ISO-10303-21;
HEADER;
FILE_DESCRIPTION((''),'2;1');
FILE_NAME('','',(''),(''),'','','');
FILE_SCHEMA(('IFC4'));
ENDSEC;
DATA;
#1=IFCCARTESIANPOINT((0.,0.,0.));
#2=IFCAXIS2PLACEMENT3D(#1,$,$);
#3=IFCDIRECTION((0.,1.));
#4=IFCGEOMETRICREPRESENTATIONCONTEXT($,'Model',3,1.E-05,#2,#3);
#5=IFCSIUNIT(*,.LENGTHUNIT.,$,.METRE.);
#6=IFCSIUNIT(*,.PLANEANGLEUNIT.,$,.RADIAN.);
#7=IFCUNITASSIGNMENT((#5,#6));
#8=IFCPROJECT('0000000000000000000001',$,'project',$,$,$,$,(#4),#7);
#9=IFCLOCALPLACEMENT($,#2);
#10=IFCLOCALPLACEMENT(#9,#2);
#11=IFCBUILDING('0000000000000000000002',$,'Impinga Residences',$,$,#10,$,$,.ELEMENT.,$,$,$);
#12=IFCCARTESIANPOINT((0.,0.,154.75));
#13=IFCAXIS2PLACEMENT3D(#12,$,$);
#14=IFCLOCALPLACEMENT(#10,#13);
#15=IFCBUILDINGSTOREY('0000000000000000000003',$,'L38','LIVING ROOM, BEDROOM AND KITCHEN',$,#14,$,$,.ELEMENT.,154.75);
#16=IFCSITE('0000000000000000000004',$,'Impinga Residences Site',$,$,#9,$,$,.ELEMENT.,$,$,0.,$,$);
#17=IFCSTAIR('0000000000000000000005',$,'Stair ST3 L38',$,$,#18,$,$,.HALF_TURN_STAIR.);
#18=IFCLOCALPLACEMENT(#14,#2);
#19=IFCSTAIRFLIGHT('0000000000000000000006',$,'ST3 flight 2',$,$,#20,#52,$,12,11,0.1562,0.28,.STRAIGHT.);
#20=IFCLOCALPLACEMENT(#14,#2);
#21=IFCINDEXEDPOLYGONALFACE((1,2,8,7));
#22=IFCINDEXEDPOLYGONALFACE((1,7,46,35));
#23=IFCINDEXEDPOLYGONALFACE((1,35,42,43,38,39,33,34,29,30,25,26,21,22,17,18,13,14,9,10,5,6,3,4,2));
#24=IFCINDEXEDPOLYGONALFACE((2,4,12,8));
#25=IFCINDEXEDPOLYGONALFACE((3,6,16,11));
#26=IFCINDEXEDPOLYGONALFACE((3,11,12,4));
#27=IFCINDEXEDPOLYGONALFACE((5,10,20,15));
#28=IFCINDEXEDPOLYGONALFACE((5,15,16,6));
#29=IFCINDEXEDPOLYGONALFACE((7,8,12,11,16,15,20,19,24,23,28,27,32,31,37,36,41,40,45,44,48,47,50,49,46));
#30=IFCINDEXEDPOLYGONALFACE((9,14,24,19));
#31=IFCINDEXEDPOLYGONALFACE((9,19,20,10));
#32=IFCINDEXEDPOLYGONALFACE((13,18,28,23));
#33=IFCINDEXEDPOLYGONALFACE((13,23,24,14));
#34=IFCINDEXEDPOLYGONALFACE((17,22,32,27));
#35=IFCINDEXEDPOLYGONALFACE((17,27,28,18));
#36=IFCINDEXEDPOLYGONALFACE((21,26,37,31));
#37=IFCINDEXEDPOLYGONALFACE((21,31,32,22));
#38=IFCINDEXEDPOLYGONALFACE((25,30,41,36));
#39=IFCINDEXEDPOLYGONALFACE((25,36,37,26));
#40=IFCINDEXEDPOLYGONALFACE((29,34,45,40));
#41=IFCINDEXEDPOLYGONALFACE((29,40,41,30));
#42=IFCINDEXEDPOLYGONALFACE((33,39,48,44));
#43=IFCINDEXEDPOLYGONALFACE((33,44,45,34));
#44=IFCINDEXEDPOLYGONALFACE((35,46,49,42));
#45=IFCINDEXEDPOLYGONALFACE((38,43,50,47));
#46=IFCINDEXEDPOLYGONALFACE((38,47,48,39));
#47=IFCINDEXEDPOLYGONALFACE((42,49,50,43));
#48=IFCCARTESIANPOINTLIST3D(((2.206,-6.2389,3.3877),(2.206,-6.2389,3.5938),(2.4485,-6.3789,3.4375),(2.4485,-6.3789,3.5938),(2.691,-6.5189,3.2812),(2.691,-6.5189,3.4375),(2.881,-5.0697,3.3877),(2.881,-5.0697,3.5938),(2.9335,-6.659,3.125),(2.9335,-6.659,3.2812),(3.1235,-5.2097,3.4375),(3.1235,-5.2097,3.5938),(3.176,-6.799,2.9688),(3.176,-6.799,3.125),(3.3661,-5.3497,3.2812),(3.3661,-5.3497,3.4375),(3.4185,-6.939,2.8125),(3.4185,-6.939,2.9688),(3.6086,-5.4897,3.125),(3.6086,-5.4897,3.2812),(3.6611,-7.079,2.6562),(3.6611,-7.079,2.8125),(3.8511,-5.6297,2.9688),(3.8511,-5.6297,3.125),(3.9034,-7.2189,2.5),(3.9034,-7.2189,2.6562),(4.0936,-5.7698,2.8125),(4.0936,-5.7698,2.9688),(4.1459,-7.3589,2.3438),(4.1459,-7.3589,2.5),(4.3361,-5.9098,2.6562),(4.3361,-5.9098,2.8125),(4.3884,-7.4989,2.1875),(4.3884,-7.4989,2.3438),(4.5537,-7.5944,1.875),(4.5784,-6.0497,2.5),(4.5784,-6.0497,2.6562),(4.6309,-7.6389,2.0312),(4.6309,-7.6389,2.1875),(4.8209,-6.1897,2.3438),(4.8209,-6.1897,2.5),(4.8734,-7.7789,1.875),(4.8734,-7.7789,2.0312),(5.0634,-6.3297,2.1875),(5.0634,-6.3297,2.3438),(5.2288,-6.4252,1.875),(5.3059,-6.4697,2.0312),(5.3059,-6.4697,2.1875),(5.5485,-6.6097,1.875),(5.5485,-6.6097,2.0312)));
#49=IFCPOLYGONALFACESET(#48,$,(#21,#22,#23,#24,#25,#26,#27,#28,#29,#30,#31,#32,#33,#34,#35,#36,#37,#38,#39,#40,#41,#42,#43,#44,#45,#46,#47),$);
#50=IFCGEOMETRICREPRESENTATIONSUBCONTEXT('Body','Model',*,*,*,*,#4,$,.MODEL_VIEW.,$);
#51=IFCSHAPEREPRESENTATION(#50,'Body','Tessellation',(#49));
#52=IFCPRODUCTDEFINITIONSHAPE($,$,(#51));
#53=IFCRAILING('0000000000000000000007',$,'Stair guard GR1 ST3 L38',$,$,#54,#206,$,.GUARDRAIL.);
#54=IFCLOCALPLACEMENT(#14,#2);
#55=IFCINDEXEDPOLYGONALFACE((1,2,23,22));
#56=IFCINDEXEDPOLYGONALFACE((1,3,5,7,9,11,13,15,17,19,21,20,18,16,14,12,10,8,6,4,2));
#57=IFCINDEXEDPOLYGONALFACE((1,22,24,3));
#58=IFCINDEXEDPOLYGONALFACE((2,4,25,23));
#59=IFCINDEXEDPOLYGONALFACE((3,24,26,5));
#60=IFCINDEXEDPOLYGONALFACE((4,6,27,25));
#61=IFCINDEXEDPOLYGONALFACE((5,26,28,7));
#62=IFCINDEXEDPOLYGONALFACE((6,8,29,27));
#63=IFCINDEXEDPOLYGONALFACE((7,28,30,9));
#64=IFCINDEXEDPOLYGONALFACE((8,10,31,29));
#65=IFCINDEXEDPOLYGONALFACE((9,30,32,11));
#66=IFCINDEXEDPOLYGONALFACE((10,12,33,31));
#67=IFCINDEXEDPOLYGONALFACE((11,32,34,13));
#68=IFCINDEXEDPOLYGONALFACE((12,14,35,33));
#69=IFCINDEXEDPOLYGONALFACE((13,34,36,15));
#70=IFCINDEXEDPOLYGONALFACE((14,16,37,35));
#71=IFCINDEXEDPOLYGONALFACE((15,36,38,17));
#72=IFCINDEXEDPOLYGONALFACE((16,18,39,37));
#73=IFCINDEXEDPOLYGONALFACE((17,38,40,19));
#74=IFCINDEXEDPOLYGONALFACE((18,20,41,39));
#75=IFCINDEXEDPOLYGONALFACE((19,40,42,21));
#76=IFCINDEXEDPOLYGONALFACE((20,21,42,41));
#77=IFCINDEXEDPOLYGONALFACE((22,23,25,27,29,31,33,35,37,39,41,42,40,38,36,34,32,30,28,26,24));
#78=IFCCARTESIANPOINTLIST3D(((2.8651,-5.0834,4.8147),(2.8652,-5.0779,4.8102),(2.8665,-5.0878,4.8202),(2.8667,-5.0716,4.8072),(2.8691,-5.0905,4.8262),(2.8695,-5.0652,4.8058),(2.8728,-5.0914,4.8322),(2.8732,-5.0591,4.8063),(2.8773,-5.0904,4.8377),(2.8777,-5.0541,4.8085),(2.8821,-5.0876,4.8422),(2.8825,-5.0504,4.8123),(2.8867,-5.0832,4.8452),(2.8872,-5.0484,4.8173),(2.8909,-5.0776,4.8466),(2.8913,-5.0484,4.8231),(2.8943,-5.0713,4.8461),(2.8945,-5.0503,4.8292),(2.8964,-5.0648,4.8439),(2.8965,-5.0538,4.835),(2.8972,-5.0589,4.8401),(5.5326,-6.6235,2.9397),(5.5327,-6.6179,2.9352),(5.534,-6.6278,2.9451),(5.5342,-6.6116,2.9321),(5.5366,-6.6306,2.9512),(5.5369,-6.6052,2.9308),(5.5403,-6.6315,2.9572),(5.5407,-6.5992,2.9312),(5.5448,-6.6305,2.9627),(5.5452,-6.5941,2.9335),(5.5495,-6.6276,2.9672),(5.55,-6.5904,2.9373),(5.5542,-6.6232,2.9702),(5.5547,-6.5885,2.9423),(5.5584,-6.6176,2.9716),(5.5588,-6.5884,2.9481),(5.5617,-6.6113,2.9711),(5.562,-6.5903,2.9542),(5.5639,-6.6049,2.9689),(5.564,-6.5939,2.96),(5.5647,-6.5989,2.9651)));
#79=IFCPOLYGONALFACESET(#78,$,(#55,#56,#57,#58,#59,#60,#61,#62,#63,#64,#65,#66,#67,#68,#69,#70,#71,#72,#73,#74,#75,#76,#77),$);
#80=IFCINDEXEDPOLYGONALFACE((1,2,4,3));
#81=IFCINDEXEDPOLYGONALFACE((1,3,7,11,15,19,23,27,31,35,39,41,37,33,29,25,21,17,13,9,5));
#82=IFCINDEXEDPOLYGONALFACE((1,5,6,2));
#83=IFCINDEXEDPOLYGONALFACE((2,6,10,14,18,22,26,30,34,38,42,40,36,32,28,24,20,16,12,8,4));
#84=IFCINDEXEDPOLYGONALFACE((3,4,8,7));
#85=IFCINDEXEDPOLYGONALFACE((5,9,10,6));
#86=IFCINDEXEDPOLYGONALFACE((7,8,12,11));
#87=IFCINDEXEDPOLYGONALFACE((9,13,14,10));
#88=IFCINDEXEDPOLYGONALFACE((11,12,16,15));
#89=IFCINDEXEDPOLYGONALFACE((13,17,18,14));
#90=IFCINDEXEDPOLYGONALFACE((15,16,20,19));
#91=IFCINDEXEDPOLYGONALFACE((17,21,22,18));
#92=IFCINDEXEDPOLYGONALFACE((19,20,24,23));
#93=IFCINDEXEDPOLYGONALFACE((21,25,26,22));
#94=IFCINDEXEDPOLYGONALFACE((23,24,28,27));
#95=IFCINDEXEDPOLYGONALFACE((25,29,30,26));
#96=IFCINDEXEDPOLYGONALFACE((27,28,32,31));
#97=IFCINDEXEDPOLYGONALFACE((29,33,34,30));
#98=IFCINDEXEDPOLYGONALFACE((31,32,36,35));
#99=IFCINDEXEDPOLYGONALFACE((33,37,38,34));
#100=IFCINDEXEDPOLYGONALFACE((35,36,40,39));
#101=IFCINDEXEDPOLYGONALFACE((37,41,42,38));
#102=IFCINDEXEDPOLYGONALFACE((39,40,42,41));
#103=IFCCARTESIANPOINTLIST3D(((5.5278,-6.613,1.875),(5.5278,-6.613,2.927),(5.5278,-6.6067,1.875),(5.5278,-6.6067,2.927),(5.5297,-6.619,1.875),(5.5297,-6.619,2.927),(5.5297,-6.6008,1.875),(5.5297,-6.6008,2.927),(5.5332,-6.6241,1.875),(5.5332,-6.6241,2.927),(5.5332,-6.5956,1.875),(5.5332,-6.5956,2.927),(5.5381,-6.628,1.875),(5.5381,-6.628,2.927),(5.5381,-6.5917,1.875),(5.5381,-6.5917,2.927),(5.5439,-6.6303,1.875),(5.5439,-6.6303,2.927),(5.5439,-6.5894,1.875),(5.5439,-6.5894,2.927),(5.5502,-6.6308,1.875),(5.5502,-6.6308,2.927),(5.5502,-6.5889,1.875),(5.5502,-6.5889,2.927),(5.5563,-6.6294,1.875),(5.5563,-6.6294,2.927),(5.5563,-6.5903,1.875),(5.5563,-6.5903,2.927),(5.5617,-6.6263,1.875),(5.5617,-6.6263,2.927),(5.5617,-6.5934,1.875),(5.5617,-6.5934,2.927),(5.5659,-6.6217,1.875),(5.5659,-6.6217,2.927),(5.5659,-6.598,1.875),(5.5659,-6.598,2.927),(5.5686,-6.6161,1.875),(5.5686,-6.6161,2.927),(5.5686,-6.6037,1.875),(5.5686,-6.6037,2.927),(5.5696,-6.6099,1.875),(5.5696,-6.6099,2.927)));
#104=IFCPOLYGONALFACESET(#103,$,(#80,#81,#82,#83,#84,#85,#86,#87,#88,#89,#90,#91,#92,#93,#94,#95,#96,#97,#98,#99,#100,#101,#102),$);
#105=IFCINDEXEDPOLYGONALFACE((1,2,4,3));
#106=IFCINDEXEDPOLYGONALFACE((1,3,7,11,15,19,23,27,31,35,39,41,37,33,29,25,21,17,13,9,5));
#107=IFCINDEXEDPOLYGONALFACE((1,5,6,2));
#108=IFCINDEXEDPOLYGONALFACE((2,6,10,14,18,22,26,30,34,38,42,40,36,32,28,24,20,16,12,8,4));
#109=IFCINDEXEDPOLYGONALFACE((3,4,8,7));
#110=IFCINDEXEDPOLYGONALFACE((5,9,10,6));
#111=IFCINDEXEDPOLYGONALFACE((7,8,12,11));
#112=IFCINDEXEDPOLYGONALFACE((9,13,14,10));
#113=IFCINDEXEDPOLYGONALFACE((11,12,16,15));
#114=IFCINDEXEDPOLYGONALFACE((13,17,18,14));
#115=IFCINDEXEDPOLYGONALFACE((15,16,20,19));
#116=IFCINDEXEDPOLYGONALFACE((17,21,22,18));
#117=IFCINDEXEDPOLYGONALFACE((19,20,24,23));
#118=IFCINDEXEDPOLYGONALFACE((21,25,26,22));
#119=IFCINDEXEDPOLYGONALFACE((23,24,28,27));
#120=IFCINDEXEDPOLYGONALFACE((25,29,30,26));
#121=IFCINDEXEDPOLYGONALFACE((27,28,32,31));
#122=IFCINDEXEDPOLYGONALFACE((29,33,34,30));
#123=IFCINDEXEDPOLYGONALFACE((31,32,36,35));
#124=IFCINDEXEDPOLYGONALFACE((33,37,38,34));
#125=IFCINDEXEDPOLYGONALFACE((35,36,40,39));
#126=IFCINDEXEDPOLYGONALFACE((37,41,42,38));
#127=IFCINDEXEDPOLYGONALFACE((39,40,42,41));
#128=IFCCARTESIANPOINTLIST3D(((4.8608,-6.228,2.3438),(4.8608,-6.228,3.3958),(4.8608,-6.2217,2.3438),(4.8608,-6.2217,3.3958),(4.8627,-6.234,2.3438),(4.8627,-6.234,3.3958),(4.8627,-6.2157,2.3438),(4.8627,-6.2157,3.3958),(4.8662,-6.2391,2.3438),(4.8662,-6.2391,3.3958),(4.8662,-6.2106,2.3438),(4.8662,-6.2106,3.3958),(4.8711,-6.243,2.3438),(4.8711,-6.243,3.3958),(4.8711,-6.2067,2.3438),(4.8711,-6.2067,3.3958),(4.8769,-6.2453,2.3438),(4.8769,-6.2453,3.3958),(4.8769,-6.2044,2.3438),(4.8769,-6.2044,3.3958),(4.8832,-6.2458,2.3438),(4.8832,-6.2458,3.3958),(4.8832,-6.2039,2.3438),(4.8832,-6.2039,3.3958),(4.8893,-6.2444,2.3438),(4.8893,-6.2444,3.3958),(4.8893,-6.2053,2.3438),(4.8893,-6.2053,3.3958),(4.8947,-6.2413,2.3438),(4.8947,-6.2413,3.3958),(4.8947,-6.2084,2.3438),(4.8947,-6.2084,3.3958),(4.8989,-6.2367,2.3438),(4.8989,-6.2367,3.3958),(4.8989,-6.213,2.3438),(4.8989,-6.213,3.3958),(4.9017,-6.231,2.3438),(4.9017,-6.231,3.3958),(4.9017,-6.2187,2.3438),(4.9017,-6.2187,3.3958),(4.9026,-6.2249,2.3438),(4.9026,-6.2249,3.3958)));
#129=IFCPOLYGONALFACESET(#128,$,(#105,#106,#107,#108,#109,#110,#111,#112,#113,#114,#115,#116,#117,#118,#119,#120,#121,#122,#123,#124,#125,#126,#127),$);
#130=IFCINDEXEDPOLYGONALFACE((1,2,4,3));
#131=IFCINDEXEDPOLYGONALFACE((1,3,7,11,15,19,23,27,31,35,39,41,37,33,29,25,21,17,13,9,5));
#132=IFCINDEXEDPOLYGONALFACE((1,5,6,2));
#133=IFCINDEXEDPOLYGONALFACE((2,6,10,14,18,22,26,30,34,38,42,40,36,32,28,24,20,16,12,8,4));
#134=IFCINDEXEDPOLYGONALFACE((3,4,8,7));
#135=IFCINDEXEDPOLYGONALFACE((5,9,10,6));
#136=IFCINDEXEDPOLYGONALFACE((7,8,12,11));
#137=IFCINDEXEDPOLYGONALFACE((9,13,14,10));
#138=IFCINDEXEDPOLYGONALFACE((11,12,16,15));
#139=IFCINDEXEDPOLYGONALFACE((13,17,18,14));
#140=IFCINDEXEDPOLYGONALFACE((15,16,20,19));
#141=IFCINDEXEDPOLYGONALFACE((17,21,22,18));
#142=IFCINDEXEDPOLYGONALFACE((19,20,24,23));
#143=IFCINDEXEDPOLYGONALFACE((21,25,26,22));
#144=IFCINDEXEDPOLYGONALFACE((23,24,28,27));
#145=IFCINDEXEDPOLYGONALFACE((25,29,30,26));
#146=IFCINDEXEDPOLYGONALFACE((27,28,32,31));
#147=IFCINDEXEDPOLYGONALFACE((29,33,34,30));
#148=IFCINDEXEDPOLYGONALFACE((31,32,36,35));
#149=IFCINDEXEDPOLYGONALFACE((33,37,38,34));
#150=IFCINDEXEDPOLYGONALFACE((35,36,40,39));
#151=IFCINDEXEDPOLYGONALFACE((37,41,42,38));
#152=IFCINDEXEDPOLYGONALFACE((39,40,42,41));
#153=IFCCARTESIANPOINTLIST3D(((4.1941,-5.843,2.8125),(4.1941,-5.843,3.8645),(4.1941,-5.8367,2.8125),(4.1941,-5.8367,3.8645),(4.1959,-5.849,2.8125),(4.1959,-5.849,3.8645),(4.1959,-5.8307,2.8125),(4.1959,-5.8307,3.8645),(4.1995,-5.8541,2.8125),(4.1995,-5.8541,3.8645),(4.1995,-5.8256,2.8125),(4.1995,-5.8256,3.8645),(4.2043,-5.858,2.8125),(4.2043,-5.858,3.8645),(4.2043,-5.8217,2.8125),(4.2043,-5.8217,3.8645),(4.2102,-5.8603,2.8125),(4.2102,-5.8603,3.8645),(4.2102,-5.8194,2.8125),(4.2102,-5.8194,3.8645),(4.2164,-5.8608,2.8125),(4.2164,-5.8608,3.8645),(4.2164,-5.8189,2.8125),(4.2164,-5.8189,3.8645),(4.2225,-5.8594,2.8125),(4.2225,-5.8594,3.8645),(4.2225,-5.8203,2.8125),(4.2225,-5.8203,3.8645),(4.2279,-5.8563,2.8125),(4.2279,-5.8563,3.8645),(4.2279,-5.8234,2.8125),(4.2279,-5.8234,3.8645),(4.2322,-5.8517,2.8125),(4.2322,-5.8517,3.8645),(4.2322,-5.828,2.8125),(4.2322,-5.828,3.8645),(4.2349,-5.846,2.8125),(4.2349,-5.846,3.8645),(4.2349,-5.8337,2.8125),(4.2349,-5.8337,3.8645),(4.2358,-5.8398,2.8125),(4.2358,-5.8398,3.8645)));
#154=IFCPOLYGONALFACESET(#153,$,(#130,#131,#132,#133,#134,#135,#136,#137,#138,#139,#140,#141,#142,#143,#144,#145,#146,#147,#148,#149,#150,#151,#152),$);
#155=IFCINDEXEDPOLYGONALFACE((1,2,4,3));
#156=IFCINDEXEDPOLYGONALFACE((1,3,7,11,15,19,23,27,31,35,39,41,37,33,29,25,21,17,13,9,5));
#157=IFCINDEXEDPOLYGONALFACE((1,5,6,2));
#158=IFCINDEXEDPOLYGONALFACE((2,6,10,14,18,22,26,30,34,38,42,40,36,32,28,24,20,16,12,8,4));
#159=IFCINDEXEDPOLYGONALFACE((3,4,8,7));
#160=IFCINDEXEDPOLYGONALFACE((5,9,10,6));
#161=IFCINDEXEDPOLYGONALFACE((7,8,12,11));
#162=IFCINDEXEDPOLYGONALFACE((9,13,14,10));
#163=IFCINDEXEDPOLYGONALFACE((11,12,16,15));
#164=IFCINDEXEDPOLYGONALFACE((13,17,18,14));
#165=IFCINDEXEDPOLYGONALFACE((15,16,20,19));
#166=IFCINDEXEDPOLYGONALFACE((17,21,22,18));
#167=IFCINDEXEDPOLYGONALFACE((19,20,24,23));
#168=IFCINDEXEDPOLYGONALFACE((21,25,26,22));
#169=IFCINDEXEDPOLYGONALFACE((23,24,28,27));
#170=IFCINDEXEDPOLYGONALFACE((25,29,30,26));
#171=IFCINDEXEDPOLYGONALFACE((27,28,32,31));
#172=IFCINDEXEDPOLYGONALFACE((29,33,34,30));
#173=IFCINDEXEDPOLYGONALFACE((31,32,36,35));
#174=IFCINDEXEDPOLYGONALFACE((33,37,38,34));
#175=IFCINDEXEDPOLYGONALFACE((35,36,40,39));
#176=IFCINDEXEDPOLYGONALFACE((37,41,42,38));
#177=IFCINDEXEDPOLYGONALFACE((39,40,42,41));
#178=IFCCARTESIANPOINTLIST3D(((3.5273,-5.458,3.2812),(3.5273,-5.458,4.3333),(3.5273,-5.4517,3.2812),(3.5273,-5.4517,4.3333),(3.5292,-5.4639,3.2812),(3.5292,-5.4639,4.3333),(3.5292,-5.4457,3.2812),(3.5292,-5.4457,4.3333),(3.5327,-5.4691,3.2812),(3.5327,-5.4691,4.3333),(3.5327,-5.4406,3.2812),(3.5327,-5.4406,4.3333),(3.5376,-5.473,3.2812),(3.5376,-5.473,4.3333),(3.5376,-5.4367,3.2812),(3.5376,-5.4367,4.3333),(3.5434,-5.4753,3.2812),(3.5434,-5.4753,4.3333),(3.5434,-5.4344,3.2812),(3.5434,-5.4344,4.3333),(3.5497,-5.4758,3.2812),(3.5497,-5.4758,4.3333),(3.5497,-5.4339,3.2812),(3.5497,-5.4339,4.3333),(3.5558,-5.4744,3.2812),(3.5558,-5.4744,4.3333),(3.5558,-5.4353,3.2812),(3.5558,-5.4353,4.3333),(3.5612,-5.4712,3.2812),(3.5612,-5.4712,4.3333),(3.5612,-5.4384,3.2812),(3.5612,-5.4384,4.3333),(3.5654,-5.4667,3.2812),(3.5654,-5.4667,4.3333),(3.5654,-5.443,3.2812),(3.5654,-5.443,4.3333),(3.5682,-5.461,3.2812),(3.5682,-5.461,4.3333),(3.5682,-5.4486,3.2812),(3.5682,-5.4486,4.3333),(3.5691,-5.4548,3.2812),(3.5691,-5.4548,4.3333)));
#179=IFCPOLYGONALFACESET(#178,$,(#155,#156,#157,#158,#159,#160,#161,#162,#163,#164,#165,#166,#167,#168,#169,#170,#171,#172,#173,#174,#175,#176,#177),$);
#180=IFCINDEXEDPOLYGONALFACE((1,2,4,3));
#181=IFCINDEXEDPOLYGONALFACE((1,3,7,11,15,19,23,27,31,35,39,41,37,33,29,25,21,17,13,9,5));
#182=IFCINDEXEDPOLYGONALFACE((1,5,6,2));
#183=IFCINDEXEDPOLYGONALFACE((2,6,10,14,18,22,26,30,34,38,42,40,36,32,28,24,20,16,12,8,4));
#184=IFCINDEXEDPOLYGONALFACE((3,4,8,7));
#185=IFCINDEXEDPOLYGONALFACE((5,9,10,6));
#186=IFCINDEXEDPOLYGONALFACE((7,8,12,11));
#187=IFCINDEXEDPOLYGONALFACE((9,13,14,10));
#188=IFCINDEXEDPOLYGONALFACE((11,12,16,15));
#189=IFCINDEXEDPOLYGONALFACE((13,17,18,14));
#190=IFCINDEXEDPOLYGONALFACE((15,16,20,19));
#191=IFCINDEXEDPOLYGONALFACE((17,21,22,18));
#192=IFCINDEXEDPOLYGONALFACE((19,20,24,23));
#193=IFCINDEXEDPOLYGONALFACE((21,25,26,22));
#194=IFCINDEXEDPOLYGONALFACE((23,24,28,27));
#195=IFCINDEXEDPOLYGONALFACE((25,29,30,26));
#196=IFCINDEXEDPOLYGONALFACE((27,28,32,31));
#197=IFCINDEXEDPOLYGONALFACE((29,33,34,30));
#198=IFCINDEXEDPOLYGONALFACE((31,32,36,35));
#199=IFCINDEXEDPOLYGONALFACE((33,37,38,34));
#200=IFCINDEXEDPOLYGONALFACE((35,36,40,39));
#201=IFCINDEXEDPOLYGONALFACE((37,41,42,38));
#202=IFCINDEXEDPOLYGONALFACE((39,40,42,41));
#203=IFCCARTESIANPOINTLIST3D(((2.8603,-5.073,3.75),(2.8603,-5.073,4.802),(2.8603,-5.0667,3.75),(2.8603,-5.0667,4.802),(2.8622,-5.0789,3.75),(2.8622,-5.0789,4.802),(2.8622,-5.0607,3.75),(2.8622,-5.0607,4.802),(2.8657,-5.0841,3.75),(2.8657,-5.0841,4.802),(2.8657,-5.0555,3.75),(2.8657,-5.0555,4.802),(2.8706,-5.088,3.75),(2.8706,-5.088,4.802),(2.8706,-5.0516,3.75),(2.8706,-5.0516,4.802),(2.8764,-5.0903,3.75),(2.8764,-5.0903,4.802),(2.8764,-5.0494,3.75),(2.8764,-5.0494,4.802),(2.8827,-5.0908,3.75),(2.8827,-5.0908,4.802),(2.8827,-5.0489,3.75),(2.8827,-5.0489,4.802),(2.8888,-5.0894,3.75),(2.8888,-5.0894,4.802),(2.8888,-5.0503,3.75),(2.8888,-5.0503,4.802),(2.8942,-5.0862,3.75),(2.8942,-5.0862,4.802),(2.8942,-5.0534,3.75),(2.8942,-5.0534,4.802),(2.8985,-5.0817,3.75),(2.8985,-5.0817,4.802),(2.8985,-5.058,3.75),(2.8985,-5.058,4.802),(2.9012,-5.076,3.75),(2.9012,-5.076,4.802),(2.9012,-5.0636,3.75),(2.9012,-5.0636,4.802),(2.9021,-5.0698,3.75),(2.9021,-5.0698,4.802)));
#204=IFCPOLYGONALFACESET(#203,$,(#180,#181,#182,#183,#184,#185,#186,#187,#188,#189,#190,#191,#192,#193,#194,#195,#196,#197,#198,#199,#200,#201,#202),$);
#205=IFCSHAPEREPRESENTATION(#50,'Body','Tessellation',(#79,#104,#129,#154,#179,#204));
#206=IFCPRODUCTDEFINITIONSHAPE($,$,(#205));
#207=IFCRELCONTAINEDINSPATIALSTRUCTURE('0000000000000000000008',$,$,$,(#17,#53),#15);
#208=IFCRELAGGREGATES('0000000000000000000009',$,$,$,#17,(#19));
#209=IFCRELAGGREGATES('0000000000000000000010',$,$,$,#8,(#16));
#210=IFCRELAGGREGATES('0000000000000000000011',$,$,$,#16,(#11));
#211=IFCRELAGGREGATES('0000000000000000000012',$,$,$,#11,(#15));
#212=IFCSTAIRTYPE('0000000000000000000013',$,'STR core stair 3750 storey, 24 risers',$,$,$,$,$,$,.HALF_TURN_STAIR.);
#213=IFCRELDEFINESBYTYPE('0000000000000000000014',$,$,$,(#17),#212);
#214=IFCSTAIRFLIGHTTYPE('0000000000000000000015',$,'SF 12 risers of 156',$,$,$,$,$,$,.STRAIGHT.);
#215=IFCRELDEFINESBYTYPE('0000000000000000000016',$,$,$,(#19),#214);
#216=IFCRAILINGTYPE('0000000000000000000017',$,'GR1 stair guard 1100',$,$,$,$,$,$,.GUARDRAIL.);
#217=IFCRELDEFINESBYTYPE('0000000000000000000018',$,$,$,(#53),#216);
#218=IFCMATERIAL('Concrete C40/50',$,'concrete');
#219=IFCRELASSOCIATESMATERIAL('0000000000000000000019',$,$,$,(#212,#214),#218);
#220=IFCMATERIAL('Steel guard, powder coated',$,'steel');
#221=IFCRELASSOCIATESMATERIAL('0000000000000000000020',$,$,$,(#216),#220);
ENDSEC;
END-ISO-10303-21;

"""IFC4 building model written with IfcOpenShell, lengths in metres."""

from ifc_helpers import new_model, si_unit, direction, frame, origin, origin_2d, place, context, subcontext, project, spatial, polyline, circle, outline, extrude, material, type_object, element, aggregate, save


model = new_model("IFC4")

# Units and contexts
model_context = context("Model", 3, precision=1e-05, world=origin(), true_north=direction((0.0, 1.0)))
body_context = subcontext(model_context, "Body", "Model", "MODEL_VIEW")
ifc_project = project(units=[si_unit("LENGTHUNIT", "METRE"), si_unit("PLANEANGLEUNIT", "RADIAN")], contexts=[model_context])

# Site, building, storey
site_placement = place(None, origin())
site = spatial("IfcSite", under=ifc_project, at=site_placement, Name="Impinga Residences Site", CompositionType="ELEMENT", RefElevation=0.0)
building_placement = place(site_placement, origin())
building = spatial("IfcBuilding", under=site, at=building_placement, Name="Impinga Residences", CompositionType="ELEMENT")
storey_placement = place(building_placement, frame((0.0, 0.0, 154.75)))
storey = spatial("IfcBuildingStorey", under=building, at=storey_placement, Name="L38", Description="LIVING ROOM, BEDROOM AND KITCHEN", CompositionType="ELEMENT", Elevation=154.75)

# Stair, stair flight
ifc_material_1 = material(Name="Concrete C40/50", Category="concrete")
stair_type = type_object("IfcStairType", Name="STR core stair 3750 storey, 24 risers", PredefinedType="HALF_TURN_STAIR", material=ifc_material_1)
stair_placement = place(storey_placement, origin())
stair = element("IfcStair", 1, at=stair_placement, inside=storey, type_object=stair_type, Name="Stair ST3 L38", PredefinedType="HALF_TURN_STAIR")
stair_flight_type = type_object("IfcStairFlightType", Name="SF 12 risers of 156", PredefinedType="STRAIGHT", material=ifc_material_1)
stair_flight_1_placement = place(storey_placement, frame((5.2109, -7.1943, 1.875), z_axis=(0.0, 0.0, 1.0), x_axis=(-0.866025, 0.5, 0.0)))
stair_flight_1 = element("IfcStairFlight", 2, at=stair_flight_1_placement, type_object=stair_flight_type, Name="ST3 flight 2", NumberOfRisers=12, NumberOfTreads=11, PredefinedType="STRAIGHT", RiserHeight=0.1562, TreadLength=0.28, context=body_context, shape_type="SweptSolid", body=[
    extrude(outline(polyline([(0.0, 0.0), (0.0, 0.1562), (0.28, 0.1562), (0.28, 0.3125), (0.5601, 0.3125), (0.5601, 0.4688), (0.8401, 0.4688), (0.8401, 0.625), (1.1201, 0.625), (1.1201, 0.7812), (1.3999, 0.7812), (1.3999, 0.9375), (1.6799, 0.9375), (1.6799, 1.0938), (1.96, 1.0938), (1.96, 1.25), (2.24, 1.25), (2.24, 1.4062), (2.52, 1.4062), (2.52, 1.5625), (2.8, 1.5625), (2.8, 1.7188), (3.0801, 1.7188), (3.0801, 1.875), (3.0801, 1.5127), (0.3691, 0.0), (0.0, 0.0)])), frame((0.0, 0.675, 0.0), z_axis=(0.0, -1.0, 0.0), x_axis=(1.0, 0.0, 0.0)), (0.0, 0.0, 1.0), 1.3501),
])
aggregate(stair, [stair_flight_1])

# Railing
ifc_material_2 = material(Name="Steel guard, powder coated", Category="steel")
railing_type_1 = type_object("IfcRailingType", Name="GR1 stair guard 1100", PredefinedType="GUARDRAIL", material=ifc_material_2)
railing_1_placement = place(storey_placement, frame((5.5486, -6.6099, 1.875)))
element("IfcRailing", 3, at=railing_1_placement, inside=storey, type_object=railing_type_1, Name="Stair guard GR1 ST3 L38", PredefinedType="GUARDRAIL", context=body_context, shape_type="SweptSolid", body=[
    extrude(circle(Radius=0.0239, at=origin_2d()), frame((0.0, 0.0, 1.0762), z_axis=(-0.739746, 0.427084, 0.519975), x_axis=(-0.499992, -0.86603, 0.0)), (0.0, 0.0, 1.0), 3.606),
    extrude(circle(Radius=0.021, at=origin_2d()), origin(), (0.0, 0.0, 1.0), 1.052),
    extrude(circle(Radius=0.021, at=origin_2d()), frame((-0.667, 0.385, 0.4688)), (0.0, 0.0, 1.0), 1.052),
    extrude(circle(Radius=0.021, at=origin_2d()), frame((-1.3337, 0.77, 0.9375)), (0.0, 0.0, 1.0), 1.052),
    extrude(circle(Radius=0.021, at=origin_2d()), frame((-2.0005, 1.155, 1.4062)), (0.0, 0.0, 1.0), 1.052),
    extrude(circle(Radius=0.021, at=origin_2d()), frame((-2.6675, 1.54, 1.875)), (0.0, 0.0, 1.0), 1.052),
])

save(model, "model.ifc")
